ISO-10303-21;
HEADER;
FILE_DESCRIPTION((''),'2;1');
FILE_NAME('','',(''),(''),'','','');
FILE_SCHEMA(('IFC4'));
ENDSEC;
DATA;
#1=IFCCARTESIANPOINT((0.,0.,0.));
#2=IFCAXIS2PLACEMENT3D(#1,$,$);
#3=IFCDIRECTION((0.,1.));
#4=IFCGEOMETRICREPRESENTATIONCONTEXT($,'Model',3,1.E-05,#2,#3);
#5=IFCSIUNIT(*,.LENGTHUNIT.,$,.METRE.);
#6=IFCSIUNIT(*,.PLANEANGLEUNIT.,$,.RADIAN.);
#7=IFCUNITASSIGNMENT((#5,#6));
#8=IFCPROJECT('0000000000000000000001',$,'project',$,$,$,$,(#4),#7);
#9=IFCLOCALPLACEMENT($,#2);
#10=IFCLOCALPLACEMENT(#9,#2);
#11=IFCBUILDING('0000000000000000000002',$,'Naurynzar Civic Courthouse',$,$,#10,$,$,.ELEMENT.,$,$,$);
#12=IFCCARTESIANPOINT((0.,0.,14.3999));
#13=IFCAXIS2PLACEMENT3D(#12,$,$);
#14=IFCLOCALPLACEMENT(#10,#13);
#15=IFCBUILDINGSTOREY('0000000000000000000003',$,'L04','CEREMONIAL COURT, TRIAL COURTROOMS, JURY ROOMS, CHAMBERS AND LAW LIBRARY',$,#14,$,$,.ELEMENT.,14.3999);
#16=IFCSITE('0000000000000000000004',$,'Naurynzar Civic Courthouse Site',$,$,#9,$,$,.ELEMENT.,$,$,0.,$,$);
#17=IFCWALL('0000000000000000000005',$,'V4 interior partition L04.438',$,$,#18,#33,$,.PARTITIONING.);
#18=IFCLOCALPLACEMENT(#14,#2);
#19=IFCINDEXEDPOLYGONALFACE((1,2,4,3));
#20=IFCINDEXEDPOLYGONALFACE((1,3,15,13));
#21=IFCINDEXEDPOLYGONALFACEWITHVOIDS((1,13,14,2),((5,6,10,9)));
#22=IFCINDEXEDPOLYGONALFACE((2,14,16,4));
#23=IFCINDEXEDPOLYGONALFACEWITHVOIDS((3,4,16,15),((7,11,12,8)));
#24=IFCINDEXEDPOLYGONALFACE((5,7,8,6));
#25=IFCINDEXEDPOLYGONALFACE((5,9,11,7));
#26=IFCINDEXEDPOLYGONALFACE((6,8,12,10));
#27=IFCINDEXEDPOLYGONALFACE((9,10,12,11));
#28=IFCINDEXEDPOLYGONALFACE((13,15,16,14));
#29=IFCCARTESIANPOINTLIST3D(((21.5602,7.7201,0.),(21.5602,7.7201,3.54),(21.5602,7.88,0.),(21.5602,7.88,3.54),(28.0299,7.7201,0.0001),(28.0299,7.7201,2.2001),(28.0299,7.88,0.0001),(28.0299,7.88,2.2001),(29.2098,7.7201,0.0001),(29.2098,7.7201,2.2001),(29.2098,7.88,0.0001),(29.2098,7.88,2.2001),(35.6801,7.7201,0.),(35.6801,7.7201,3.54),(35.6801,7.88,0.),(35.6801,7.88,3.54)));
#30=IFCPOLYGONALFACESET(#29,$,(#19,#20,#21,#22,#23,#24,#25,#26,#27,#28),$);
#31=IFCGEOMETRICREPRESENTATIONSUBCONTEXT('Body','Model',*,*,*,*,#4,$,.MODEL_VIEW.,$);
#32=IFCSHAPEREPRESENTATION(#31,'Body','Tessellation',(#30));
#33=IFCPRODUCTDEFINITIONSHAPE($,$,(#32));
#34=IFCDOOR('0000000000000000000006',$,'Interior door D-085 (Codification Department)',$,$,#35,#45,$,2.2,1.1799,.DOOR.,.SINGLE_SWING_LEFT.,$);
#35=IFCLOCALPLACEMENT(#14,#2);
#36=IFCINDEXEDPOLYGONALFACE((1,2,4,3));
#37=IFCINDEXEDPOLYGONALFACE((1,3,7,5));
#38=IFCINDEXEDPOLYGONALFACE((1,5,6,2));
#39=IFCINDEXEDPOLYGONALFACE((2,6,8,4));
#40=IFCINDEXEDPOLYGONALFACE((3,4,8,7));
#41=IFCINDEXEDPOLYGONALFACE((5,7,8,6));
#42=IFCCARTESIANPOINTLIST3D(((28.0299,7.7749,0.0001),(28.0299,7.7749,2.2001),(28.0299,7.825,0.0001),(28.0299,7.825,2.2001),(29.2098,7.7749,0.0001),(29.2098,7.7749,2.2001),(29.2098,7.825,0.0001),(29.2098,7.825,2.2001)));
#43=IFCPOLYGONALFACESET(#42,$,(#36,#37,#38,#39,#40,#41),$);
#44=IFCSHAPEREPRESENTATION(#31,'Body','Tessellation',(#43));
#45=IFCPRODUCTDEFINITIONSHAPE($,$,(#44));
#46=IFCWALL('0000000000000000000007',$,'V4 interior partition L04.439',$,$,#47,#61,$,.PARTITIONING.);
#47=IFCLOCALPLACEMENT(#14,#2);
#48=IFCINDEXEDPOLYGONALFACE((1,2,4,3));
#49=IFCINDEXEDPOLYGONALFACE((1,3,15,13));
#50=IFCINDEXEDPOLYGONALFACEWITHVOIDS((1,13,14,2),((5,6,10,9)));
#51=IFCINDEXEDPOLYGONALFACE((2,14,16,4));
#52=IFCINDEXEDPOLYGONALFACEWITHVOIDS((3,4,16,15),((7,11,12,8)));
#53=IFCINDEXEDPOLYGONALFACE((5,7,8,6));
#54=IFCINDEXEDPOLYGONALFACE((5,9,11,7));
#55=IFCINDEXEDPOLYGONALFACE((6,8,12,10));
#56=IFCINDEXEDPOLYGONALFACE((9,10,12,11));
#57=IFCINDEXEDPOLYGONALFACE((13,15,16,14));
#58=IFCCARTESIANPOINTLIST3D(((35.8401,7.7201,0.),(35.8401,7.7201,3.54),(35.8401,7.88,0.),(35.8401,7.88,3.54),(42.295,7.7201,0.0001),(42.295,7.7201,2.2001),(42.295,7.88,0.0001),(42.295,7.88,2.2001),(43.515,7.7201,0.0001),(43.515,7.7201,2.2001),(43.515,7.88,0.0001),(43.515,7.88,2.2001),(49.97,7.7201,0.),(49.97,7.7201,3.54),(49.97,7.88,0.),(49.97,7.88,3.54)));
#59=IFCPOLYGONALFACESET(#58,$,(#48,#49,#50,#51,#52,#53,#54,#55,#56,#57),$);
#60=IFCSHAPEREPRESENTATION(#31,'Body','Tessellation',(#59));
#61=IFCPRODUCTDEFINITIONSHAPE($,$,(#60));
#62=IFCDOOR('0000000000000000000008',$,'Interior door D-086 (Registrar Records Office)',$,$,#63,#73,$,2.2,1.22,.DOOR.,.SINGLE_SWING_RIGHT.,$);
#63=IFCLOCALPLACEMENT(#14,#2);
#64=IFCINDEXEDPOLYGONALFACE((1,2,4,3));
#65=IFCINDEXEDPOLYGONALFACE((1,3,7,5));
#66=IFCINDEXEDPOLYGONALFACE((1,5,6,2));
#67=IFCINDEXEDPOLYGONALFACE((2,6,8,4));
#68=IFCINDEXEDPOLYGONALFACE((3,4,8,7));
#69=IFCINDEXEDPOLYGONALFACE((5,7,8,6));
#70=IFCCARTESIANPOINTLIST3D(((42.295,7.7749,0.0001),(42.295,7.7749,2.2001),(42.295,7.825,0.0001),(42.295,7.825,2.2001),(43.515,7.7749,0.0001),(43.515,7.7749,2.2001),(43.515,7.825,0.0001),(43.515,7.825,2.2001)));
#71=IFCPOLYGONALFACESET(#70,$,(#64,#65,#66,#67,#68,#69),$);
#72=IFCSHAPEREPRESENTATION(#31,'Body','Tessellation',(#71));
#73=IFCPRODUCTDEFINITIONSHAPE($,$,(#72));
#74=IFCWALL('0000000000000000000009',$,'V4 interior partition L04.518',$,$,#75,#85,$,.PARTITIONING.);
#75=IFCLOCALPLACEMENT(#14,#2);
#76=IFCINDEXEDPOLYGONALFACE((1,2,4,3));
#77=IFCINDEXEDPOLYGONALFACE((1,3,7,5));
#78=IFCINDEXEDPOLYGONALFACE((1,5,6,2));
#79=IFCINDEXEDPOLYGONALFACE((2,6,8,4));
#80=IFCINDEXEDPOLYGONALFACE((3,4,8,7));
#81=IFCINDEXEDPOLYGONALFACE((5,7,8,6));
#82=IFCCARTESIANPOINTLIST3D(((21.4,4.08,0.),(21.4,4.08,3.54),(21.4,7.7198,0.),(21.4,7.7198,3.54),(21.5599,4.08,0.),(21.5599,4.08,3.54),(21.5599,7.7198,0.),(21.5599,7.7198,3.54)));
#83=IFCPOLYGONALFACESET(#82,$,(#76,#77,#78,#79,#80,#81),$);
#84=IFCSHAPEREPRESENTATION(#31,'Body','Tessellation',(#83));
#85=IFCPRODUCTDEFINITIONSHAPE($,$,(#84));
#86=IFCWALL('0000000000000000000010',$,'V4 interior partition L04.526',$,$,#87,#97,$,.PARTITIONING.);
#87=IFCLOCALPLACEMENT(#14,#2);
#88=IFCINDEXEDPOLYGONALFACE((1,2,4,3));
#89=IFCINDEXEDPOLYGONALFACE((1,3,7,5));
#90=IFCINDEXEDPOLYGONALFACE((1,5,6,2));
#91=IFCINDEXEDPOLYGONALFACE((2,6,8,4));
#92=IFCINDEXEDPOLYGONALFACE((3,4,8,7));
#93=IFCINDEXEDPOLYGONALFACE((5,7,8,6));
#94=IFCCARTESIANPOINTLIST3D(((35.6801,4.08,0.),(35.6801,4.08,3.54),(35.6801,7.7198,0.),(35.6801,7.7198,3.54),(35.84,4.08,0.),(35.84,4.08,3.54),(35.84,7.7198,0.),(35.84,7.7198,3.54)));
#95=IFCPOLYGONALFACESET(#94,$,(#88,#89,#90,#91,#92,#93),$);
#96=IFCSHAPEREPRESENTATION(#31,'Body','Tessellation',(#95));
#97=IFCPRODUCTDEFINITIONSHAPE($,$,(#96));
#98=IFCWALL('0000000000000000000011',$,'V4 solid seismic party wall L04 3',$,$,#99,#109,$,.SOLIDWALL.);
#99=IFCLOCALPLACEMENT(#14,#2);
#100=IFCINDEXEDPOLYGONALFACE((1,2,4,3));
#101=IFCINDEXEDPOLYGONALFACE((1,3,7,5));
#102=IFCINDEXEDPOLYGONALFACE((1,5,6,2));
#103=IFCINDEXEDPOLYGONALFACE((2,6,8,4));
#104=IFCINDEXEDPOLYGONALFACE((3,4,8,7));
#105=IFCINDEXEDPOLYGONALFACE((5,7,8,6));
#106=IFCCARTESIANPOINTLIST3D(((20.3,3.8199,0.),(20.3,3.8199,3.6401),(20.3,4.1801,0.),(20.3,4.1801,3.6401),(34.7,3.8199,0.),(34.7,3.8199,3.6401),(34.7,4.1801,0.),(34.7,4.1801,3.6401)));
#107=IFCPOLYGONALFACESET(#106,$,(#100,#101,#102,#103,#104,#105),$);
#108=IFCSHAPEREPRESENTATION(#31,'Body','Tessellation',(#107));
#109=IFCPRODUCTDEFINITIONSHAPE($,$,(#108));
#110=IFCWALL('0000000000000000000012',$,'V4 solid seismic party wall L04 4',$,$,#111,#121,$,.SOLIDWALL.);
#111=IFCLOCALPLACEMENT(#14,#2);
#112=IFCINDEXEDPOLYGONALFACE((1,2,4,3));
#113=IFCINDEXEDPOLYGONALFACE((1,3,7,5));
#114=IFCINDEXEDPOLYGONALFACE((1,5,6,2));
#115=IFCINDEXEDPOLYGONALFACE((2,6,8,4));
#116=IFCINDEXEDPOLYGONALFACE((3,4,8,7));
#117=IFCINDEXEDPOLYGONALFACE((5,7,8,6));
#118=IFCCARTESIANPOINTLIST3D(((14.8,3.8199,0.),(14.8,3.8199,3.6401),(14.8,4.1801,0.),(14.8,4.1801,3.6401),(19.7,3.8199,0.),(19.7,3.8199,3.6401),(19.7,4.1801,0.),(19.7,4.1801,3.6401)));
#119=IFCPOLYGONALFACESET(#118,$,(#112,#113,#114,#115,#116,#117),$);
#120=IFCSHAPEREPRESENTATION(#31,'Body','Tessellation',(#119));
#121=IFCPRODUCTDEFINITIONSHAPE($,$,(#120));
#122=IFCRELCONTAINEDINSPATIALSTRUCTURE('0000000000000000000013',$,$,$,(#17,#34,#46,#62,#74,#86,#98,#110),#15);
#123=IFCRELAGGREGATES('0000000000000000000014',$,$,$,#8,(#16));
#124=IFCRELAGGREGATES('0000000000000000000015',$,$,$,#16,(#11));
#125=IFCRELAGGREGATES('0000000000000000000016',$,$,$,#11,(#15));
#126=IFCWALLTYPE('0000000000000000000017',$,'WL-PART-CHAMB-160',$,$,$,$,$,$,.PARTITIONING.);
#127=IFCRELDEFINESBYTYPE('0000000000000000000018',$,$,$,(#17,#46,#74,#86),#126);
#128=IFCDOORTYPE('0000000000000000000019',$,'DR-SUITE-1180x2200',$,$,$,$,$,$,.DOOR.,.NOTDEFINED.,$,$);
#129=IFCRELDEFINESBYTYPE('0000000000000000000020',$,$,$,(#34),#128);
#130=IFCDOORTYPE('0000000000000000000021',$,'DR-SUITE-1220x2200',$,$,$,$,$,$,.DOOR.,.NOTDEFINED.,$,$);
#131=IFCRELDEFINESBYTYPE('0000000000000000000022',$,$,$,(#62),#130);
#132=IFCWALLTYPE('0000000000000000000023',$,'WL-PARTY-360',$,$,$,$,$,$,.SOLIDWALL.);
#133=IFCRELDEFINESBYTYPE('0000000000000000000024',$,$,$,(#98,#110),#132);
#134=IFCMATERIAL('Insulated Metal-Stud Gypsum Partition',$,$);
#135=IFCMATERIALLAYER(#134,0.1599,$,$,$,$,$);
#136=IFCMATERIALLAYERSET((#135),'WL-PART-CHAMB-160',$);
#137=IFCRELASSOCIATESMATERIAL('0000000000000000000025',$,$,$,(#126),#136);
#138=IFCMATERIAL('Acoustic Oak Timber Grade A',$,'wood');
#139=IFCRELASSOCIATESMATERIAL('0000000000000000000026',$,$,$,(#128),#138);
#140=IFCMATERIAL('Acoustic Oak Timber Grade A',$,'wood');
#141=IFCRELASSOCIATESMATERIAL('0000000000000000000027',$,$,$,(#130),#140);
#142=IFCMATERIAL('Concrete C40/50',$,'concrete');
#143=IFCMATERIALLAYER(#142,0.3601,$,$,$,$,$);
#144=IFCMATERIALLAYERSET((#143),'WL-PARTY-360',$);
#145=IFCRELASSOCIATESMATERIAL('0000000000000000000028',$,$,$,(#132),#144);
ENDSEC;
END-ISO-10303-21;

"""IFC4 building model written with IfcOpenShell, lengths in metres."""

from ifc_helpers import new_model, si_unit, direction, frame, frame_2d, origin, place, context, subcontext, project, spatial, rectangle, extrude, material, layer, layer_set, type_object, element, fill, save


model = new_model("IFC4")

# Units and contexts
model_context = context("Model", 3, precision=1e-05, world=origin(), true_north=direction((0.0, 1.0)))
body_context = subcontext(model_context, "Body", "Model", "MODEL_VIEW")
ifc_project = project(units=[si_unit("LENGTHUNIT", "METRE"), si_unit("PLANEANGLEUNIT", "RADIAN")], contexts=[model_context])

# Site, building, storey
site_placement = place(None, origin())
site = spatial("IfcSite", under=ifc_project, at=site_placement, Name="Naurynzar Civic Courthouse Site", CompositionType="ELEMENT", RefElevation=0.0)
building_placement = place(site_placement, origin())
building = spatial("IfcBuilding", under=site, at=building_placement, Name="Naurynzar Civic Courthouse", CompositionType="ELEMENT")
storey_placement = place(building_placement, frame((0.0, 0.0, 14.3999)))
storey = spatial("IfcBuildingStorey", under=building, at=storey_placement, Name="L04", Description="CEREMONIAL COURT, TRIAL COURTROOMS, JURY ROOMS, CHAMBERS AND LAW LIBRARY", CompositionType="ELEMENT", Elevation=14.3999)

# Walls, openings, doors
ifc_material_1 = material(Name="Insulated Metal-Stud Gypsum Partition")
ifc_layer_1 = layer(ifc_material_1, 0.1599)
ifc_layer_set_1 = layer_set([ifc_layer_1], Name="WL-PART-CHAMB-160")
wall_type_1 = type_object("IfcWallType", Name="WL-PART-CHAMB-160", PredefinedType="PARTITIONING", material=ifc_layer_set_1)
wall_1_placement = place(storey_placement, frame((21.5601, 7.8, 0.0), z_axis=(0.0, 0.0, 1.0), x_axis=(1.0, 0.0, 0.0)))
wall_1 = element("IfcWall", 1, at=wall_1_placement, inside=storey, type_object=wall_type_1, Name="V4 interior partition L04.438", PredefinedType="PARTITIONING", context=body_context, shape_type="SweptSolid", body=[
    extrude(rectangle(XDim=14.1199, YDim=0.1599, at=frame_2d((7.0601, 0.0))), origin(), (0.0, 0.0, 1.0), 3.54),
])
opening_1_placement = place(wall_1_placement, frame((6.47, 0.0, 0.0)))
opening_1 = element("IfcOpeningElement", 2, at=opening_1_placement, cuts=wall_1, PredefinedType="OPENING", context=body_context, shape_type="SweptSolid", body=[
    extrude(rectangle(XDim=1.1799, YDim=2.2, at=frame_2d((0.5898, 1.1001))), frame((0.0, 0.0898, 0.0), z_axis=(0.0, -1.0, 0.0), x_axis=(1.0, 0.0, 0.0)), (0.0, 0.0, 1.0), 0.1799),
])
ifc_material_2 = material(Name="Acoustic Oak Timber Grade A", Category="wood")
door_type_1 = type_object("IfcDoorType", Name="DR-SUITE-1180x2200", OperationType="NOTDEFINED", PredefinedType="DOOR", material=ifc_material_2)
door_1_placement = place(opening_1_placement, origin())
door_1 = element("IfcDoor", 3, at=door_1_placement, inside=storey, type_object=door_type_1, Name="Interior door D-085 (Codification Department)", OperationType="SINGLE_SWING_LEFT", OverallHeight=2.2, OverallWidth=1.1799, PredefinedType="DOOR", context=body_context, shape_type="SweptSolid", body=[
    extrude(rectangle(XDim=1.1799, YDim=2.2, at=frame_2d((0.5898, 1.1001))), frame((0.0, 0.0249, 0.0), z_axis=(0.0, -1.0, 0.0), x_axis=(1.0, 0.0, 0.0)), (0.0, 0.0, 1.0), 0.05),
])
fill(opening_1, door_1)
wall_2_placement = place(storey_placement, frame((35.8401, 7.8, 0.0), z_axis=(0.0, 0.0, 1.0), x_axis=(1.0, 0.0, 0.0)))
wall_2 = element("IfcWall", 4, at=wall_2_placement, inside=storey, type_object=wall_type_1, Name="V4 interior partition L04.439", PredefinedType="PARTITIONING", context=body_context, shape_type="SweptSolid", body=[
    extrude(rectangle(XDim=14.1299, YDim=0.1599, at=frame_2d((7.0649, 0.0))), origin(), (0.0, 0.0, 1.0), 3.54),
])
opening_2_placement = place(wall_2_placement, frame((6.4551, 0.0, 0.0)))
opening_2 = element("IfcOpeningElement", 5, at=opening_2_placement, cuts=wall_2, PredefinedType="OPENING", context=body_context, shape_type="SweptSolid", body=[
    extrude(rectangle(XDim=1.22, YDim=2.2, at=frame_2d((0.6099, 1.1001))), frame((0.0, 0.0898, 0.0), z_axis=(0.0, -1.0, 0.0), x_axis=(1.0, 0.0, 0.0)), (0.0, 0.0, 1.0), 0.1799),
])
ifc_material_3 = material(Name="Acoustic Oak Timber Grade A", Category="wood")
door_type_2 = type_object("IfcDoorType", Name="DR-SUITE-1220x2200", OperationType="NOTDEFINED", PredefinedType="DOOR", material=ifc_material_3)
door_2_placement = place(opening_2_placement, origin())
door_2 = element("IfcDoor", 6, at=door_2_placement, inside=storey, type_object=door_type_2, Name="Interior door D-086 (Registrar Records Office)", OperationType="SINGLE_SWING_RIGHT", OverallHeight=2.2, OverallWidth=1.22, PredefinedType="DOOR", context=body_context, shape_type="SweptSolid", body=[
    extrude(rectangle(XDim=1.22, YDim=2.2, at=frame_2d((0.6099, 1.1001))), frame((0.0, 0.0249, 0.0), z_axis=(0.0, -1.0, 0.0), x_axis=(1.0, 0.0, 0.0)), (0.0, 0.0, 1.0), 0.05),
])
fill(opening_2, door_2)

# Walls
for number, where, z_axis, x_axis, name in (
    (7, (21.48, 4.0801, 0.0), (0.0, 0.0, 1.0), (0.0, 1.0, 0.0), "V4 interior partition L04.518"),
    (8, (35.76, 4.0801, 0.0), (0.0, 0.0, 1.0), (0.0, 1.0, 0.0), "V4 interior partition L04.526"),
):
    element("IfcWall", number, at=place(storey_placement, frame(where, z_axis=z_axis, x_axis=x_axis)), inside=storey, type_object=wall_type_1, Name=name, PredefinedType="PARTITIONING", context=body_context, shape_type="SweptSolid", body=[
        extrude(rectangle(XDim=3.6399, YDim=0.1599, at=frame_2d((1.8198, 0.0))), origin(), (0.0, 0.0, 1.0), 3.54),
    ])
ifc_material_4 = material(Name="Concrete C40/50", Category="concrete")
ifc_layer_2 = layer(ifc_material_4, 0.3601)
ifc_layer_set_2 = layer_set([ifc_layer_2], Name="WL-PARTY-360")
wall_type_2 = type_object("IfcWallType", Name="WL-PARTY-360", PredefinedType="SOLIDWALL", material=ifc_layer_set_2)
wall_3_placement = place(storey_placement, frame((34.7, 4.0, 0.0), z_axis=(0.0, 0.0, 1.0), x_axis=(-1.0, 0.0, 0.0)))
element("IfcWall", 9, at=wall_3_placement, inside=storey, type_object=wall_type_2, Name="V4 solid seismic party wall L04 3", PredefinedType="SOLIDWALL", context=body_context, shape_type="SweptSolid", body=[
    extrude(rectangle(XDim=14.3999, YDim=0.3601, at=frame_2d((7.2, 0.0))), origin(), (0.0, 0.0, 1.0), 3.6401),
])
wall_4_placement = place(storey_placement, frame((19.7, 4.0, 0.0), z_axis=(0.0, 0.0, 1.0), x_axis=(-1.0, 0.0, 0.0)))
element("IfcWall", 10, at=wall_4_placement, inside=storey, type_object=wall_type_2, Name="V4 solid seismic party wall L04 4", PredefinedType="SOLIDWALL", context=body_context, shape_type="SweptSolid", body=[
    extrude(rectangle(XDim=4.8999, YDim=0.3601, at=frame_2d((2.45, 0.0))), origin(), (0.0, 0.0, 1.0), 3.6401),
])

save(model, "model.ifc")
